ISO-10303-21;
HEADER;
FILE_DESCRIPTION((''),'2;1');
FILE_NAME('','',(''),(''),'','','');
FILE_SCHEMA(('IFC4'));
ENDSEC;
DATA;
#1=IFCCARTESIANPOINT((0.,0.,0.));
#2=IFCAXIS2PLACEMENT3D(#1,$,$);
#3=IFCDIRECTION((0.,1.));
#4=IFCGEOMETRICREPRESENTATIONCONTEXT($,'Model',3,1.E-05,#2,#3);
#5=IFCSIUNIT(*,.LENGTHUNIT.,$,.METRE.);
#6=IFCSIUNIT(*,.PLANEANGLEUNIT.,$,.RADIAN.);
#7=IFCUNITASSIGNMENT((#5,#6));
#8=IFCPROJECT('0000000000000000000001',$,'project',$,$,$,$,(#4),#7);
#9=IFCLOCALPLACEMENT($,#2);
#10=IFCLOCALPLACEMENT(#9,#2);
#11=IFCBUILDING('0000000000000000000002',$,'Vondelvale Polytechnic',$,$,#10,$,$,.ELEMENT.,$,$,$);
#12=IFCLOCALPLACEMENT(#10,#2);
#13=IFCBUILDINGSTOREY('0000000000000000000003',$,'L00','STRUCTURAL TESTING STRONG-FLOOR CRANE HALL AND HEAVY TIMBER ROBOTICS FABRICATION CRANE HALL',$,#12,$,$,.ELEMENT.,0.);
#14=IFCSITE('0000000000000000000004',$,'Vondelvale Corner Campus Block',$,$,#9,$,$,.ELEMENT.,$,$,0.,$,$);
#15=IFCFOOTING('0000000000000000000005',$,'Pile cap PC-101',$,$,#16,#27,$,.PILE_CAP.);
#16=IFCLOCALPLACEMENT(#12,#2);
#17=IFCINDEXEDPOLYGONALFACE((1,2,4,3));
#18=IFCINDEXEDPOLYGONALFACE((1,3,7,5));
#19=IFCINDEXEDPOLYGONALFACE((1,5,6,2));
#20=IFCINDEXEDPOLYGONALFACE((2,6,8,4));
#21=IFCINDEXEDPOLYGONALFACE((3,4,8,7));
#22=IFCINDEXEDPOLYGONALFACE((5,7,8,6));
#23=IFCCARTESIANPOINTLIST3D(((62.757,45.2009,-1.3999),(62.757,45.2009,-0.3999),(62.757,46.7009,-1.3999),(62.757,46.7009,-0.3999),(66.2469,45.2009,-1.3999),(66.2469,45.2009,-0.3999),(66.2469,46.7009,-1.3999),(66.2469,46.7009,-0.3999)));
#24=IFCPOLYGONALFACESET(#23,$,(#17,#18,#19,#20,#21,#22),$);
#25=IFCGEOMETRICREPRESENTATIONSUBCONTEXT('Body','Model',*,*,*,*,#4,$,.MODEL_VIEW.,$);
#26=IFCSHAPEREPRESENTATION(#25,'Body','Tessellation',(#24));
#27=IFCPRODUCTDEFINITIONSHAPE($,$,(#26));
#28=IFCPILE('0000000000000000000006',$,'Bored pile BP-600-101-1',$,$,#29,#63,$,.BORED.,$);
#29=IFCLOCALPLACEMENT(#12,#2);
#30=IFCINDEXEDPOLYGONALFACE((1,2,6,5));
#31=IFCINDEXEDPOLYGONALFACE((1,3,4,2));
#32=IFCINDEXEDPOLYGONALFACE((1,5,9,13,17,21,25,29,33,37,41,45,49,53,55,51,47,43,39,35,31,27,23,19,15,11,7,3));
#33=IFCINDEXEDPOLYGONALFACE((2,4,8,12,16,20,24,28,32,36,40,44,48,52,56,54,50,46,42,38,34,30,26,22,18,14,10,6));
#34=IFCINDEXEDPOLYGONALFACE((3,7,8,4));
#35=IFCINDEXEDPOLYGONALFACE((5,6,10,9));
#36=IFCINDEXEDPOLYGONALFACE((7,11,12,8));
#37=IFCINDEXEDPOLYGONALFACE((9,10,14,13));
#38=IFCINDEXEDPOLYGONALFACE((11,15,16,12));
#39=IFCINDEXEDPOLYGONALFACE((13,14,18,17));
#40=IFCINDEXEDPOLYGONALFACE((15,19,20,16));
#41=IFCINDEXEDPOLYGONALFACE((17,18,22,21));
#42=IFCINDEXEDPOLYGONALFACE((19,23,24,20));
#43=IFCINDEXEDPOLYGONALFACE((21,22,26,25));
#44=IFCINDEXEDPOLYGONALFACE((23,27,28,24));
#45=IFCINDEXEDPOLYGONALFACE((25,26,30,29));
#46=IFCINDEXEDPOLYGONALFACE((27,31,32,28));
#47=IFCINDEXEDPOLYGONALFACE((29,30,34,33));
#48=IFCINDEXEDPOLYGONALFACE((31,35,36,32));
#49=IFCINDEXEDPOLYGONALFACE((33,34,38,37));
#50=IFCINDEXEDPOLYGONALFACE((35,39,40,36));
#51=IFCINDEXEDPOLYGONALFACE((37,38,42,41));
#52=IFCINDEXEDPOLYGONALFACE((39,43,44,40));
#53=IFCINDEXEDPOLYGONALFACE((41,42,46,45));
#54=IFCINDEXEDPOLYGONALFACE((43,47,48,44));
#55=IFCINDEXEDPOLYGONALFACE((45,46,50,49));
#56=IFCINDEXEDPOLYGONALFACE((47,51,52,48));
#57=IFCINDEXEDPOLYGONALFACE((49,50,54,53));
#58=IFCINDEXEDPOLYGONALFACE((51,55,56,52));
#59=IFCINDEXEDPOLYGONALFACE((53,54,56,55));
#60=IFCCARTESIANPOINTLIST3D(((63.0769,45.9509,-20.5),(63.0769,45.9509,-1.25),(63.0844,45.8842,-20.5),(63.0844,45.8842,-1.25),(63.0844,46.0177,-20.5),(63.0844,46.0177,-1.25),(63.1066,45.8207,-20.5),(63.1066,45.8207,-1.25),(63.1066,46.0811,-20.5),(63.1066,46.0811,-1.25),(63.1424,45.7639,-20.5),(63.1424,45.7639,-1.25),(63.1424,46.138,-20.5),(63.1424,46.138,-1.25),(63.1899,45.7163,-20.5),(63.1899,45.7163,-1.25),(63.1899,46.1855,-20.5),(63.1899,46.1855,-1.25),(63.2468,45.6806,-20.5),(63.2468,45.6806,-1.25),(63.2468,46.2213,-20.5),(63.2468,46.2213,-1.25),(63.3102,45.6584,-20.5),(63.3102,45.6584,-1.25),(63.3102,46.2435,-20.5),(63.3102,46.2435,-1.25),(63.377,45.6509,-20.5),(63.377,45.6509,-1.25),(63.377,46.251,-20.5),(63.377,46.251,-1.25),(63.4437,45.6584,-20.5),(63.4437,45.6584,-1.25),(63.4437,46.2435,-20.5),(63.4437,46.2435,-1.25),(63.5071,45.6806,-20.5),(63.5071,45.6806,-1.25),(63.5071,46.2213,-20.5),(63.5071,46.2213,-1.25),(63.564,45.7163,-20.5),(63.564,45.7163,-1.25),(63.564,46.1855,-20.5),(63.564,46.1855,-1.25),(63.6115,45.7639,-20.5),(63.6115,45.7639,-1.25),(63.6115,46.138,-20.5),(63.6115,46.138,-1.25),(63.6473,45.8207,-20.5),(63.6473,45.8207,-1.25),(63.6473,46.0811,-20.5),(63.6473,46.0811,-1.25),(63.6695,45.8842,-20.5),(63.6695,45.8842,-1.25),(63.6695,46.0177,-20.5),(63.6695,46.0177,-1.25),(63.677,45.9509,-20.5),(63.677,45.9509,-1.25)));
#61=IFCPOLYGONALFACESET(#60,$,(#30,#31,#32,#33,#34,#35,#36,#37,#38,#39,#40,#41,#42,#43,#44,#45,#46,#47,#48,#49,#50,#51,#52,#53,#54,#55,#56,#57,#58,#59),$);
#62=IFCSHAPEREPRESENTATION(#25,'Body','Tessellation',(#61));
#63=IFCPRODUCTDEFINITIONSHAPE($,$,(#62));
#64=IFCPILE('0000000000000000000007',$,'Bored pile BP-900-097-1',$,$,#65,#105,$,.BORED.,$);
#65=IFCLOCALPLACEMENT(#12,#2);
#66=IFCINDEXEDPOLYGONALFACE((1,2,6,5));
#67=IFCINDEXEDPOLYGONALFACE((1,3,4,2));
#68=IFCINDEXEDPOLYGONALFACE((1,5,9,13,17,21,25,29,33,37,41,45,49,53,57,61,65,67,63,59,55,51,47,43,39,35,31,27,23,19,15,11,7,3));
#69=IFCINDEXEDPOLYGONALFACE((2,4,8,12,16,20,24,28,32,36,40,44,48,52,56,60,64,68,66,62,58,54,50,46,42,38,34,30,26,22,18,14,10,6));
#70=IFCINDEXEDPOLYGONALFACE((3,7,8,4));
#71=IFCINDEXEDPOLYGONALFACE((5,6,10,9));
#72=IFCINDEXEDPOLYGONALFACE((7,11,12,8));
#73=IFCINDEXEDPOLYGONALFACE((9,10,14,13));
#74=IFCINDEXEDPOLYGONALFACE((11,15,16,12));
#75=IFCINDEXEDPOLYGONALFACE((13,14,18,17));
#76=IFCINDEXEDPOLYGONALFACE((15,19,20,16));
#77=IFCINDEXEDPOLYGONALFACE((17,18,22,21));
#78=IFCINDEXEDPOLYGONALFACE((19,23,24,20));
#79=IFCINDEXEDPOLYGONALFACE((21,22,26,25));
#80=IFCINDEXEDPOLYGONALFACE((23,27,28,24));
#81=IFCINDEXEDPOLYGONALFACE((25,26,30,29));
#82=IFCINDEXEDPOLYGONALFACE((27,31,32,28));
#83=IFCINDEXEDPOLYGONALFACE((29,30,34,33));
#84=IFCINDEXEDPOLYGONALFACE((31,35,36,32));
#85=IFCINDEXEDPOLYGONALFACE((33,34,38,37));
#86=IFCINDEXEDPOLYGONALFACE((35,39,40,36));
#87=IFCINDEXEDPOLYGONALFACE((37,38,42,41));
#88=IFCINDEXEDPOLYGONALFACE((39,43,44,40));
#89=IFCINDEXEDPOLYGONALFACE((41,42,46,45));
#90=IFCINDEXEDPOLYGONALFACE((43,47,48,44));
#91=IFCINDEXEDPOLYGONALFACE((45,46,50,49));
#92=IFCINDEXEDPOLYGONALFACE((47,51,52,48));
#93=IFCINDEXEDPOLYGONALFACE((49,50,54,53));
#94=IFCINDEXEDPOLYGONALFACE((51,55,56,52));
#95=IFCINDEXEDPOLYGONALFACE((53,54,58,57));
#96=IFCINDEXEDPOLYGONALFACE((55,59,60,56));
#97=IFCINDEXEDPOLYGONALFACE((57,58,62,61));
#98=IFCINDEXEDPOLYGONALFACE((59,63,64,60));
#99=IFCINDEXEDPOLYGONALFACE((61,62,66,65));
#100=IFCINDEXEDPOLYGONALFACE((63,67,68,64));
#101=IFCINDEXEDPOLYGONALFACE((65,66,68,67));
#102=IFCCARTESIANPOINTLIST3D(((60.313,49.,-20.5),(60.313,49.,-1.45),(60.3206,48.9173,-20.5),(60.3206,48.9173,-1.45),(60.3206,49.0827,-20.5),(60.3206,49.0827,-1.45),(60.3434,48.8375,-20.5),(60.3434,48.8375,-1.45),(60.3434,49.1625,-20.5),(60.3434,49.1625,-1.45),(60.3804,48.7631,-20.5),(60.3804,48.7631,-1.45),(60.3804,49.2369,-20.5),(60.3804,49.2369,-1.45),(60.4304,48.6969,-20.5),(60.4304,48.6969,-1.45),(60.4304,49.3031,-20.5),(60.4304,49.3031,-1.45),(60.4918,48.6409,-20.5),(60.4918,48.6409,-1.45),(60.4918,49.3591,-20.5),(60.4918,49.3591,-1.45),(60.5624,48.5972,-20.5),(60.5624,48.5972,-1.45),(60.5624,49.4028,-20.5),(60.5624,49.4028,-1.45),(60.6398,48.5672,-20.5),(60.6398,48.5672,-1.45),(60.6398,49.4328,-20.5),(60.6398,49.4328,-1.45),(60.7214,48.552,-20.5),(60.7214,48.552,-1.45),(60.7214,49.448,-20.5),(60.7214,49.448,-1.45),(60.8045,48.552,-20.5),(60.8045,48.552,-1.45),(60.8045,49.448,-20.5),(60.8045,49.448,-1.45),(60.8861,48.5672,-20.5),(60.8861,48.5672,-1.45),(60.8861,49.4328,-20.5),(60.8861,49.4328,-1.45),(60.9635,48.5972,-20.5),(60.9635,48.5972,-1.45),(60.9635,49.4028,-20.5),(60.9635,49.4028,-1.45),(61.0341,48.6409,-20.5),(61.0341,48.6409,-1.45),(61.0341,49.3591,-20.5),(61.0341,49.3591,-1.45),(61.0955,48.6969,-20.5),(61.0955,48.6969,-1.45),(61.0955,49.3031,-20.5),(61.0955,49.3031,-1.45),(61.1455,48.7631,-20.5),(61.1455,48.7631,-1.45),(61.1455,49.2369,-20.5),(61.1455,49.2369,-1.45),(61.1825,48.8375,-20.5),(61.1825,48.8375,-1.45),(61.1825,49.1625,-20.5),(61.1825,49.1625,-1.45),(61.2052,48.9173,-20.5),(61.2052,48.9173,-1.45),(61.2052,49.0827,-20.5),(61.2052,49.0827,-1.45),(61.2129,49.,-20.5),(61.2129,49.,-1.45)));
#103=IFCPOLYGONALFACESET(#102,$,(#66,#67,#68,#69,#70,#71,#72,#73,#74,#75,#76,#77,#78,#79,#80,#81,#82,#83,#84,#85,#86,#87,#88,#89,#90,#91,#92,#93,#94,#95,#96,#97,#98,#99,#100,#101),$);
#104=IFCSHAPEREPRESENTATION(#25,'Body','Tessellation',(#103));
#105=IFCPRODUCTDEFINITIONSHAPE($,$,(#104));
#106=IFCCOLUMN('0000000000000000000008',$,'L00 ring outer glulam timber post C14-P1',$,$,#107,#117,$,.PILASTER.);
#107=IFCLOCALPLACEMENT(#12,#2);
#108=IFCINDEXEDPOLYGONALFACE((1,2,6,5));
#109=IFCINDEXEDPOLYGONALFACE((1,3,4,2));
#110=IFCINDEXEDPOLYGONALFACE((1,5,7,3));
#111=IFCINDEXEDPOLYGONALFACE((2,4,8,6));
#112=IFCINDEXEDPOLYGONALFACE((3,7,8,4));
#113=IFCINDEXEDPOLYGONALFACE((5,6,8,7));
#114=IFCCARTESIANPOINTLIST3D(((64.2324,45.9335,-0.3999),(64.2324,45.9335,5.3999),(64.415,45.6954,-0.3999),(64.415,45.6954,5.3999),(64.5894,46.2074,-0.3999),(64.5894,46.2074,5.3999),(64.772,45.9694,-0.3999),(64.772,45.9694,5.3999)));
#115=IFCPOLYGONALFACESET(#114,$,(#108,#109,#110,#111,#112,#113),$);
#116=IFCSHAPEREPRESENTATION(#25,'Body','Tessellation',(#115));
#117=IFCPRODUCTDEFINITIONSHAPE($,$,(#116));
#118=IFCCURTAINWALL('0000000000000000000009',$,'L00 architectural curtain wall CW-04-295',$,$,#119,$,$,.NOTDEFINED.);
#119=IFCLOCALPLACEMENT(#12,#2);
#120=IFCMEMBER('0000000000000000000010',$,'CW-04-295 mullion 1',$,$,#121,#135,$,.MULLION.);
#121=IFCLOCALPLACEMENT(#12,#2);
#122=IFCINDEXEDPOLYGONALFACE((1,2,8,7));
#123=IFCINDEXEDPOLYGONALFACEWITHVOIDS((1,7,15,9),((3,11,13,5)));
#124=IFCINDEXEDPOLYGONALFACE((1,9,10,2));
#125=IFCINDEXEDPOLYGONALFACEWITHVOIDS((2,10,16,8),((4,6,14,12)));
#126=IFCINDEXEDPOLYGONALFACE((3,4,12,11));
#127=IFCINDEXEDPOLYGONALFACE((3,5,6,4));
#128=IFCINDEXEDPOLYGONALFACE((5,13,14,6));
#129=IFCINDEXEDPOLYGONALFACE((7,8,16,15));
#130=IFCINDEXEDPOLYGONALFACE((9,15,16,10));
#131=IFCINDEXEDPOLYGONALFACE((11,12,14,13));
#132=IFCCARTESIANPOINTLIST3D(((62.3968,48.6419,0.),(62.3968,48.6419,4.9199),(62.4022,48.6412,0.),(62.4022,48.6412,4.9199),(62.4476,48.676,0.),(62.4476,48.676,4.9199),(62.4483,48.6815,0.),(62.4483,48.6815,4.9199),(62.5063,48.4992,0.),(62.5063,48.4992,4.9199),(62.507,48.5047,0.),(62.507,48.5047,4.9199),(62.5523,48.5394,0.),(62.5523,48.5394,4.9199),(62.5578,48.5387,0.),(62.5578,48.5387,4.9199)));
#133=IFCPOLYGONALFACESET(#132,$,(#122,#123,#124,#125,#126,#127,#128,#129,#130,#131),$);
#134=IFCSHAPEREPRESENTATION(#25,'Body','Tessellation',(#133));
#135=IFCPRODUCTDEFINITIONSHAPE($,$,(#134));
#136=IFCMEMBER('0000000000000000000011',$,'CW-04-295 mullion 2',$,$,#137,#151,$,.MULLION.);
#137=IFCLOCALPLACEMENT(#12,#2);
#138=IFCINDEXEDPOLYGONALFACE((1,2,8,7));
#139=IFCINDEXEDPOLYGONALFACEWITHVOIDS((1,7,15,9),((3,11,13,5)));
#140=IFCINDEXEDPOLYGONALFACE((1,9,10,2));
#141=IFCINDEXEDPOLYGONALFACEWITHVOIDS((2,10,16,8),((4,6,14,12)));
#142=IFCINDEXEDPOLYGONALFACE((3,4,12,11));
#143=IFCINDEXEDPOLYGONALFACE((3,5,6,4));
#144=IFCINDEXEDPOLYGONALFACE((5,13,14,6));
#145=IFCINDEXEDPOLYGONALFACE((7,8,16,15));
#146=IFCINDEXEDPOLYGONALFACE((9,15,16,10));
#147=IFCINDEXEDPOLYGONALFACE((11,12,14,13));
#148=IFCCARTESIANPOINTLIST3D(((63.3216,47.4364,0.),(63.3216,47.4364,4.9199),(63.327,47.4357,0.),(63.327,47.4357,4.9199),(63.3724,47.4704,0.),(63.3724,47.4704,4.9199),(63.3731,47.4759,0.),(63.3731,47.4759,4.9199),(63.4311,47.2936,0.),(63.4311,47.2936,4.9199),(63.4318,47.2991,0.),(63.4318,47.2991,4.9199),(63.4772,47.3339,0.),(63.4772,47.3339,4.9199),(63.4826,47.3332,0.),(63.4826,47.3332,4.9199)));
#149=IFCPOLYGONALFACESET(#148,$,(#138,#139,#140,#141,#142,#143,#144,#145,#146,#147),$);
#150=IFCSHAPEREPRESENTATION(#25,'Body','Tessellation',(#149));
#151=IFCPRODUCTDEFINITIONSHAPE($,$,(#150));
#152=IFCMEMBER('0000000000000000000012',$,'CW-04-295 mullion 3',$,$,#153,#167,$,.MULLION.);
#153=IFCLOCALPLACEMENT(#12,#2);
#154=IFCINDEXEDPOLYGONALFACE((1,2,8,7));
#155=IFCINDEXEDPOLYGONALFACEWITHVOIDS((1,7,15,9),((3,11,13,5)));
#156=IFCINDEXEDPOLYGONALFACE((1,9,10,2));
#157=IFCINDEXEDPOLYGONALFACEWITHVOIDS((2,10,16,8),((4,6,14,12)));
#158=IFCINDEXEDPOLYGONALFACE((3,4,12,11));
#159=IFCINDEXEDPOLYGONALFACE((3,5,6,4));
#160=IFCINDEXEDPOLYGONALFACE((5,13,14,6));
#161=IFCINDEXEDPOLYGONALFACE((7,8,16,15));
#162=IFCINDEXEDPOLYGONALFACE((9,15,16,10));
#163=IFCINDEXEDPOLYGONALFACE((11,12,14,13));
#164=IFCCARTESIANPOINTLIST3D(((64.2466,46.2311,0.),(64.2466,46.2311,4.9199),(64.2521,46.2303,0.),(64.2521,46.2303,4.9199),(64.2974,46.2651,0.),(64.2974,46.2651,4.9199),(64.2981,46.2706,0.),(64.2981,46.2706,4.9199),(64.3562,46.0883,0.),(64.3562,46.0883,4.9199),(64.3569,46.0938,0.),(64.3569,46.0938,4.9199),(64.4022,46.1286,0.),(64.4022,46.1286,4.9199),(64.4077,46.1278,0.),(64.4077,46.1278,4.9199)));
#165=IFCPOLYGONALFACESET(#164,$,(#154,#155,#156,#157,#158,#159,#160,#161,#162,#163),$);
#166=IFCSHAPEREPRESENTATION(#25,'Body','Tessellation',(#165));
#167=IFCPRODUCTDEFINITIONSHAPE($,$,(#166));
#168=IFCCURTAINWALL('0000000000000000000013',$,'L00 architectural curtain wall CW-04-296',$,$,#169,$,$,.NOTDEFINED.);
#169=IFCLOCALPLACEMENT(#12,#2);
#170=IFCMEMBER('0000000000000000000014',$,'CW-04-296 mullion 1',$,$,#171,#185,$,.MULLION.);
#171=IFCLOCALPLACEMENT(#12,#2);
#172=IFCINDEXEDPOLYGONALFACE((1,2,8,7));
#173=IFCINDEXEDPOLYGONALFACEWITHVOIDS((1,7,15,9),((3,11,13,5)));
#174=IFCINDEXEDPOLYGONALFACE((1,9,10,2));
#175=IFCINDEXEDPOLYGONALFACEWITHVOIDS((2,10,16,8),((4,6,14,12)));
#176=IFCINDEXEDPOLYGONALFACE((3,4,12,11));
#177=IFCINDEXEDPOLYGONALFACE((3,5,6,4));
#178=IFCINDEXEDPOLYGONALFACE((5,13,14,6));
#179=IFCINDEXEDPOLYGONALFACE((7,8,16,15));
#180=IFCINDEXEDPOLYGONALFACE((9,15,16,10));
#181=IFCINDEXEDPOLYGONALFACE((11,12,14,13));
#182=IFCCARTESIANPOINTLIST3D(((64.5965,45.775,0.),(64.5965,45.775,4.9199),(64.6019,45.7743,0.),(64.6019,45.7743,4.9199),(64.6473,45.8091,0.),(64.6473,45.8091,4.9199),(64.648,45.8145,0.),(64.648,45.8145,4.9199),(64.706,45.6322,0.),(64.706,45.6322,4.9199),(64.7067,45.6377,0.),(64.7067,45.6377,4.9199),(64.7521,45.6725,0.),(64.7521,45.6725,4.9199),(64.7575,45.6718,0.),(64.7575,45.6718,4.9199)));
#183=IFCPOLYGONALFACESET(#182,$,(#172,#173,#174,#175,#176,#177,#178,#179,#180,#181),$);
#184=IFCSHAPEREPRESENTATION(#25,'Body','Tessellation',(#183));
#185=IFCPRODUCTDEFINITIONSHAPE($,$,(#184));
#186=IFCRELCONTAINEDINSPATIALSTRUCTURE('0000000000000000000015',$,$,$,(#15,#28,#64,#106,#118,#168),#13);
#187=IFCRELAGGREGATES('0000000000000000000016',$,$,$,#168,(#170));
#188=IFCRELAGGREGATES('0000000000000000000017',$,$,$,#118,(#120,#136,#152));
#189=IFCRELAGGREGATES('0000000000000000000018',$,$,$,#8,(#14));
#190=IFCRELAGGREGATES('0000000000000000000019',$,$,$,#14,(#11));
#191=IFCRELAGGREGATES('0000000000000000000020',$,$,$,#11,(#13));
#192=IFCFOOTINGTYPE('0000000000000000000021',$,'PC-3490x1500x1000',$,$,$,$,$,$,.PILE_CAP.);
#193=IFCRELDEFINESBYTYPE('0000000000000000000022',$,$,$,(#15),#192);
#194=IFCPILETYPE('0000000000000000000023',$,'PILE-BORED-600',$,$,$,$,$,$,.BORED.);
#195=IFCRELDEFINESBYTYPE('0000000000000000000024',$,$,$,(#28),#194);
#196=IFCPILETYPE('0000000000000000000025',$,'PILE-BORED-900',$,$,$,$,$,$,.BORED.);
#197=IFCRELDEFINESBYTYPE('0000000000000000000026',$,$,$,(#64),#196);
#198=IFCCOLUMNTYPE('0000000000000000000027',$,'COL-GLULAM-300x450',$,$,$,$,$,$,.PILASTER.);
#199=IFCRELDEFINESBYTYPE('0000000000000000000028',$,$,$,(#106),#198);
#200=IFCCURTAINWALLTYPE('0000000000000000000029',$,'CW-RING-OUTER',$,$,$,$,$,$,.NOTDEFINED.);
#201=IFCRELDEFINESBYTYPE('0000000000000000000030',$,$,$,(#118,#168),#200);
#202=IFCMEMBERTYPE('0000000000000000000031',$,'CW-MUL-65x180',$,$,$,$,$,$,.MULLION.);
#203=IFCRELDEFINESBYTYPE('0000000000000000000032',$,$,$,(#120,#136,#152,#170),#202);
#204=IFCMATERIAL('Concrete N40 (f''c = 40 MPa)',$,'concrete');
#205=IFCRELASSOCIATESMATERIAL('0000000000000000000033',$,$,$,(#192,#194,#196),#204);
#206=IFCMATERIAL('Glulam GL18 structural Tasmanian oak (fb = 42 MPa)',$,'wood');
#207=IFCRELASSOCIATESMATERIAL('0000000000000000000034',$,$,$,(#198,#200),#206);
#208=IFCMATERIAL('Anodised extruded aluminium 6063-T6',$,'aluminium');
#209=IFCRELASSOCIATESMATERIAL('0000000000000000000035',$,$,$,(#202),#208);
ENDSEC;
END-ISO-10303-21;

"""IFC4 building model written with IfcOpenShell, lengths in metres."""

from ifc_helpers import new_model, si_unit, direction, frame, origin, origin_2d, place, context, subcontext, project, spatial, rectangle, hollow_rectangle, circle, extrude, material, material_profile, profile_set, type_object, element, aggregate, save


model = new_model("IFC4")

# Units and contexts
model_context = context("Model", 3, precision=1e-05, world=origin(), true_north=direction((0.0, 1.0)))
body_context = subcontext(model_context, "Body", "Model", "MODEL_VIEW")
ifc_project = project(units=[si_unit("LENGTHUNIT", "METRE"), si_unit("PLANEANGLEUNIT", "RADIAN")], contexts=[model_context])

# Site, building, storey
site_placement = place(None, origin())
site = spatial("IfcSite", under=ifc_project, at=site_placement, Name="Vondelvale Corner Campus Block", CompositionType="ELEMENT", RefElevation=0.0)
building_placement = place(site_placement, origin())
building = spatial("IfcBuilding", under=site, at=building_placement, Name="Vondelvale Polytechnic", CompositionType="ELEMENT")
storey_placement = place(building_placement, origin())
storey = spatial("IfcBuildingStorey", under=building, at=storey_placement, Name="L00", Description="STRUCTURAL TESTING STRONG-FLOOR CRANE HALL AND HEAVY TIMBER ROBOTICS FABRICATION CRANE HALL", CompositionType="ELEMENT", Elevation=0.0)

# Footing
ifc_material_1 = material(Name="Concrete N40 (f'c = 40 MPa)", Category="concrete")
footing_type = type_object("IfcFootingType", Name="PC-3490x1500x1000", PredefinedType="PILE_CAP", material=ifc_material_1)
footing_placement = place(storey_placement, frame((64.502, 45.9509, -1.3999), z_axis=(0.0, 0.0, 1.0), x_axis=(1.0, 0.0, 0.0)))
element("IfcFooting", 1, at=footing_placement, inside=storey, type_object=footing_type, Name="Pile cap PC-101", PredefinedType="PILE_CAP", context=body_context, shape_type="SweptSolid", body=[
    extrude(rectangle(XDim=3.49, YDim=1.5, at=origin_2d()), origin(), (0.0, 0.0, 1.0), 1.0),
])

# Piles
ifc_material_profile_1 = material_profile(ifc_material_1, circle(Radius=0.3, at=origin_2d()), Name="PILE-D600")
ifc_profile_set_1 = profile_set([ifc_material_profile_1], Name="Concrete N40 (f'c = 40 MPa)")
pile_type_1 = type_object("IfcPileType", Name="PILE-BORED-600", PredefinedType="BORED", material=ifc_profile_set_1)
pile_1_placement = place(storey_placement, frame((63.377, 45.9509, -1.25), z_axis=(0.0, 0.0, -1.0), x_axis=(1.0, 0.0, 0.0)))
element("IfcPile", 2, at=pile_1_placement, inside=storey, type_object=pile_type_1, Name="Bored pile BP-600-101-1", PredefinedType="BORED", context=body_context, shape_type="SweptSolid", body=[
    extrude(circle(Radius=0.3, at=origin_2d()), origin(), (0.0, 0.0, 1.0), 19.25),
])
ifc_material_profile_2 = material_profile(ifc_material_1, circle(Radius=0.45, at=origin_2d()), Name="PILE-D900")
ifc_profile_set_2 = profile_set([ifc_material_profile_2], Name="Concrete N40 (f'c = 40 MPa)")
pile_type_2 = type_object("IfcPileType", Name="PILE-BORED-900", PredefinedType="BORED", material=ifc_profile_set_2)
pile_2_placement = place(storey_placement, frame((60.7629, 49.0, -1.45), z_axis=(0.0, 0.0, -1.0), x_axis=(1.0, 0.0, 0.0)))
element("IfcPile", 3, at=pile_2_placement, inside=storey, type_object=pile_type_2, Name="Bored pile BP-900-097-1", PredefinedType="BORED", context=body_context, shape_type="SweptSolid", body=[
    extrude(circle(Radius=0.45, at=origin_2d()), origin(), (0.0, 0.0, 1.0), 19.05),
])

# Column
ifc_material_2 = material(Name="Glulam GL18 structural Tasmanian oak (fb = 42 MPa)", Category="wood")
ifc_material_profile_3 = material_profile(ifc_material_2, rectangle(XDim=0.3, YDim=0.45, at=origin_2d()), Name="GL-POST-300x450")
ifc_profile_set_3 = profile_set([ifc_material_profile_3], Name="Glulam GL18 structural Tasmanian oak (fb = 42 MPa)")
column_type = type_object("IfcColumnType", Name="COL-GLULAM-300x450", PredefinedType="PILASTER", material=ifc_profile_set_3)
column_placement = place(storey_placement, frame((64.5022, 45.9514, -0.3999), z_axis=(0.0, 0.0, 1.0), x_axis=(-0.608761, 0.793353, 0.0)))
element("IfcColumn", 4, at=column_placement, inside=storey, type_object=column_type, Name="L00 ring outer glulam timber post C14-P1", PredefinedType="PILASTER", context=body_context, shape_type="SweptSolid", body=[
    extrude(rectangle(XDim=0.3, YDim=0.45, at=origin_2d()), origin(), (0.0, 0.0, 1.0), 5.7998),
])

# Curtain wall, members
curtain_wall_type = type_object("IfcCurtainWallType", Name="CW-RING-OUTER", PredefinedType="NOTDEFINED", material=ifc_material_2)
curtain_wall_1_placement = place(storey_placement, origin())
curtain_wall_1 = element("IfcCurtainWall", 5, at=curtain_wall_1_placement, inside=storey, type_object=curtain_wall_type, Name="L00 architectural curtain wall CW-04-295", PredefinedType="NOTDEFINED")
ifc_material_3 = material(Name="Anodised extruded aluminium 6063-T6", Category="aluminium")
ifc_material_profile_4 = material_profile(ifc_material_3, hollow_rectangle(XDim=0.0649, YDim=0.1799, WallThickness=0.0039, at=origin_2d()), Name="CW-MUL-180x65")
ifc_profile_set_4 = profile_set([ifc_material_profile_4], Name="Anodised extruded aluminium 6063-T6")
member_type_1 = type_object("IfcMemberType", Name="CW-MUL-65x180", PredefinedType="MULLION", material=ifc_profile_set_4)
member_1_placement = place(storey_placement, frame((62.4773, 48.5903, 0.0), z_axis=(0.0, 0.0, 1.0), x_axis=(0.793352, 0.608764, 0.0)))
member_1 = element("IfcMember", 6, at=member_1_placement, type_object=member_type_1, Name="CW-04-295 mullion 1", PredefinedType="MULLION", context=body_context, shape_type="SweptSolid", body=[
    extrude(hollow_rectangle(XDim=0.0649, YDim=0.1799, WallThickness=0.0039, at=origin_2d()), origin(), (0.0, 0.0, 1.0), 4.9199),
])
member_2_placement = place(storey_placement, frame((63.4021, 47.3848, 0.0), z_axis=(0.0, 0.0, 1.0), x_axis=(0.793352, 0.608764, 0.0)))
member_2 = element("IfcMember", 7, at=member_2_placement, type_object=member_type_1, Name="CW-04-295 mullion 2", PredefinedType="MULLION", context=body_context, shape_type="SweptSolid", body=[
    extrude(hollow_rectangle(XDim=0.0649, YDim=0.1799, WallThickness=0.0039, at=origin_2d()), origin(), (0.0, 0.0, 1.0), 4.9199),
])
member_3_placement = place(storey_placement, frame((64.3271, 46.1794, 0.0), z_axis=(0.0, 0.0, 1.0), x_axis=(0.793352, 0.608764, 0.0)))
member_3 = element("IfcMember", 8, at=member_3_placement, type_object=member_type_1, Name="CW-04-295 mullion 3", PredefinedType="MULLION", context=body_context, shape_type="SweptSolid", body=[
    extrude(hollow_rectangle(XDim=0.0649, YDim=0.1799, WallThickness=0.0039, at=origin_2d()), origin(), (0.0, 0.0, 1.0), 4.9199),
])

# Curtain wall, member
curtain_wall_2_placement = place(storey_placement, origin())
curtain_wall_2 = element("IfcCurtainWall", 9, at=curtain_wall_2_placement, inside=storey, type_object=curtain_wall_type, Name="L00 architectural curtain wall CW-04-296", PredefinedType="NOTDEFINED")
member_4_placement = place(storey_placement, frame((64.677, 45.7234, 0.0), z_axis=(0.0, 0.0, 1.0), x_axis=(0.793346, 0.608771, 0.0)))
member_4 = element("IfcMember", 10, at=member_4_placement, type_object=member_type_1, Name="CW-04-296 mullion 1", PredefinedType="MULLION", context=body_context, shape_type="SweptSolid", body=[
    extrude(hollow_rectangle(XDim=0.0649, YDim=0.1799, WallThickness=0.0039, at=origin_2d()), origin(), (0.0, 0.0, 1.0), 4.9199),
])

aggregate(curtain_wall_2, [member_4])
aggregate(curtain_wall_1, [member_1, member_2, member_3])

save(model, "model.ifc")
